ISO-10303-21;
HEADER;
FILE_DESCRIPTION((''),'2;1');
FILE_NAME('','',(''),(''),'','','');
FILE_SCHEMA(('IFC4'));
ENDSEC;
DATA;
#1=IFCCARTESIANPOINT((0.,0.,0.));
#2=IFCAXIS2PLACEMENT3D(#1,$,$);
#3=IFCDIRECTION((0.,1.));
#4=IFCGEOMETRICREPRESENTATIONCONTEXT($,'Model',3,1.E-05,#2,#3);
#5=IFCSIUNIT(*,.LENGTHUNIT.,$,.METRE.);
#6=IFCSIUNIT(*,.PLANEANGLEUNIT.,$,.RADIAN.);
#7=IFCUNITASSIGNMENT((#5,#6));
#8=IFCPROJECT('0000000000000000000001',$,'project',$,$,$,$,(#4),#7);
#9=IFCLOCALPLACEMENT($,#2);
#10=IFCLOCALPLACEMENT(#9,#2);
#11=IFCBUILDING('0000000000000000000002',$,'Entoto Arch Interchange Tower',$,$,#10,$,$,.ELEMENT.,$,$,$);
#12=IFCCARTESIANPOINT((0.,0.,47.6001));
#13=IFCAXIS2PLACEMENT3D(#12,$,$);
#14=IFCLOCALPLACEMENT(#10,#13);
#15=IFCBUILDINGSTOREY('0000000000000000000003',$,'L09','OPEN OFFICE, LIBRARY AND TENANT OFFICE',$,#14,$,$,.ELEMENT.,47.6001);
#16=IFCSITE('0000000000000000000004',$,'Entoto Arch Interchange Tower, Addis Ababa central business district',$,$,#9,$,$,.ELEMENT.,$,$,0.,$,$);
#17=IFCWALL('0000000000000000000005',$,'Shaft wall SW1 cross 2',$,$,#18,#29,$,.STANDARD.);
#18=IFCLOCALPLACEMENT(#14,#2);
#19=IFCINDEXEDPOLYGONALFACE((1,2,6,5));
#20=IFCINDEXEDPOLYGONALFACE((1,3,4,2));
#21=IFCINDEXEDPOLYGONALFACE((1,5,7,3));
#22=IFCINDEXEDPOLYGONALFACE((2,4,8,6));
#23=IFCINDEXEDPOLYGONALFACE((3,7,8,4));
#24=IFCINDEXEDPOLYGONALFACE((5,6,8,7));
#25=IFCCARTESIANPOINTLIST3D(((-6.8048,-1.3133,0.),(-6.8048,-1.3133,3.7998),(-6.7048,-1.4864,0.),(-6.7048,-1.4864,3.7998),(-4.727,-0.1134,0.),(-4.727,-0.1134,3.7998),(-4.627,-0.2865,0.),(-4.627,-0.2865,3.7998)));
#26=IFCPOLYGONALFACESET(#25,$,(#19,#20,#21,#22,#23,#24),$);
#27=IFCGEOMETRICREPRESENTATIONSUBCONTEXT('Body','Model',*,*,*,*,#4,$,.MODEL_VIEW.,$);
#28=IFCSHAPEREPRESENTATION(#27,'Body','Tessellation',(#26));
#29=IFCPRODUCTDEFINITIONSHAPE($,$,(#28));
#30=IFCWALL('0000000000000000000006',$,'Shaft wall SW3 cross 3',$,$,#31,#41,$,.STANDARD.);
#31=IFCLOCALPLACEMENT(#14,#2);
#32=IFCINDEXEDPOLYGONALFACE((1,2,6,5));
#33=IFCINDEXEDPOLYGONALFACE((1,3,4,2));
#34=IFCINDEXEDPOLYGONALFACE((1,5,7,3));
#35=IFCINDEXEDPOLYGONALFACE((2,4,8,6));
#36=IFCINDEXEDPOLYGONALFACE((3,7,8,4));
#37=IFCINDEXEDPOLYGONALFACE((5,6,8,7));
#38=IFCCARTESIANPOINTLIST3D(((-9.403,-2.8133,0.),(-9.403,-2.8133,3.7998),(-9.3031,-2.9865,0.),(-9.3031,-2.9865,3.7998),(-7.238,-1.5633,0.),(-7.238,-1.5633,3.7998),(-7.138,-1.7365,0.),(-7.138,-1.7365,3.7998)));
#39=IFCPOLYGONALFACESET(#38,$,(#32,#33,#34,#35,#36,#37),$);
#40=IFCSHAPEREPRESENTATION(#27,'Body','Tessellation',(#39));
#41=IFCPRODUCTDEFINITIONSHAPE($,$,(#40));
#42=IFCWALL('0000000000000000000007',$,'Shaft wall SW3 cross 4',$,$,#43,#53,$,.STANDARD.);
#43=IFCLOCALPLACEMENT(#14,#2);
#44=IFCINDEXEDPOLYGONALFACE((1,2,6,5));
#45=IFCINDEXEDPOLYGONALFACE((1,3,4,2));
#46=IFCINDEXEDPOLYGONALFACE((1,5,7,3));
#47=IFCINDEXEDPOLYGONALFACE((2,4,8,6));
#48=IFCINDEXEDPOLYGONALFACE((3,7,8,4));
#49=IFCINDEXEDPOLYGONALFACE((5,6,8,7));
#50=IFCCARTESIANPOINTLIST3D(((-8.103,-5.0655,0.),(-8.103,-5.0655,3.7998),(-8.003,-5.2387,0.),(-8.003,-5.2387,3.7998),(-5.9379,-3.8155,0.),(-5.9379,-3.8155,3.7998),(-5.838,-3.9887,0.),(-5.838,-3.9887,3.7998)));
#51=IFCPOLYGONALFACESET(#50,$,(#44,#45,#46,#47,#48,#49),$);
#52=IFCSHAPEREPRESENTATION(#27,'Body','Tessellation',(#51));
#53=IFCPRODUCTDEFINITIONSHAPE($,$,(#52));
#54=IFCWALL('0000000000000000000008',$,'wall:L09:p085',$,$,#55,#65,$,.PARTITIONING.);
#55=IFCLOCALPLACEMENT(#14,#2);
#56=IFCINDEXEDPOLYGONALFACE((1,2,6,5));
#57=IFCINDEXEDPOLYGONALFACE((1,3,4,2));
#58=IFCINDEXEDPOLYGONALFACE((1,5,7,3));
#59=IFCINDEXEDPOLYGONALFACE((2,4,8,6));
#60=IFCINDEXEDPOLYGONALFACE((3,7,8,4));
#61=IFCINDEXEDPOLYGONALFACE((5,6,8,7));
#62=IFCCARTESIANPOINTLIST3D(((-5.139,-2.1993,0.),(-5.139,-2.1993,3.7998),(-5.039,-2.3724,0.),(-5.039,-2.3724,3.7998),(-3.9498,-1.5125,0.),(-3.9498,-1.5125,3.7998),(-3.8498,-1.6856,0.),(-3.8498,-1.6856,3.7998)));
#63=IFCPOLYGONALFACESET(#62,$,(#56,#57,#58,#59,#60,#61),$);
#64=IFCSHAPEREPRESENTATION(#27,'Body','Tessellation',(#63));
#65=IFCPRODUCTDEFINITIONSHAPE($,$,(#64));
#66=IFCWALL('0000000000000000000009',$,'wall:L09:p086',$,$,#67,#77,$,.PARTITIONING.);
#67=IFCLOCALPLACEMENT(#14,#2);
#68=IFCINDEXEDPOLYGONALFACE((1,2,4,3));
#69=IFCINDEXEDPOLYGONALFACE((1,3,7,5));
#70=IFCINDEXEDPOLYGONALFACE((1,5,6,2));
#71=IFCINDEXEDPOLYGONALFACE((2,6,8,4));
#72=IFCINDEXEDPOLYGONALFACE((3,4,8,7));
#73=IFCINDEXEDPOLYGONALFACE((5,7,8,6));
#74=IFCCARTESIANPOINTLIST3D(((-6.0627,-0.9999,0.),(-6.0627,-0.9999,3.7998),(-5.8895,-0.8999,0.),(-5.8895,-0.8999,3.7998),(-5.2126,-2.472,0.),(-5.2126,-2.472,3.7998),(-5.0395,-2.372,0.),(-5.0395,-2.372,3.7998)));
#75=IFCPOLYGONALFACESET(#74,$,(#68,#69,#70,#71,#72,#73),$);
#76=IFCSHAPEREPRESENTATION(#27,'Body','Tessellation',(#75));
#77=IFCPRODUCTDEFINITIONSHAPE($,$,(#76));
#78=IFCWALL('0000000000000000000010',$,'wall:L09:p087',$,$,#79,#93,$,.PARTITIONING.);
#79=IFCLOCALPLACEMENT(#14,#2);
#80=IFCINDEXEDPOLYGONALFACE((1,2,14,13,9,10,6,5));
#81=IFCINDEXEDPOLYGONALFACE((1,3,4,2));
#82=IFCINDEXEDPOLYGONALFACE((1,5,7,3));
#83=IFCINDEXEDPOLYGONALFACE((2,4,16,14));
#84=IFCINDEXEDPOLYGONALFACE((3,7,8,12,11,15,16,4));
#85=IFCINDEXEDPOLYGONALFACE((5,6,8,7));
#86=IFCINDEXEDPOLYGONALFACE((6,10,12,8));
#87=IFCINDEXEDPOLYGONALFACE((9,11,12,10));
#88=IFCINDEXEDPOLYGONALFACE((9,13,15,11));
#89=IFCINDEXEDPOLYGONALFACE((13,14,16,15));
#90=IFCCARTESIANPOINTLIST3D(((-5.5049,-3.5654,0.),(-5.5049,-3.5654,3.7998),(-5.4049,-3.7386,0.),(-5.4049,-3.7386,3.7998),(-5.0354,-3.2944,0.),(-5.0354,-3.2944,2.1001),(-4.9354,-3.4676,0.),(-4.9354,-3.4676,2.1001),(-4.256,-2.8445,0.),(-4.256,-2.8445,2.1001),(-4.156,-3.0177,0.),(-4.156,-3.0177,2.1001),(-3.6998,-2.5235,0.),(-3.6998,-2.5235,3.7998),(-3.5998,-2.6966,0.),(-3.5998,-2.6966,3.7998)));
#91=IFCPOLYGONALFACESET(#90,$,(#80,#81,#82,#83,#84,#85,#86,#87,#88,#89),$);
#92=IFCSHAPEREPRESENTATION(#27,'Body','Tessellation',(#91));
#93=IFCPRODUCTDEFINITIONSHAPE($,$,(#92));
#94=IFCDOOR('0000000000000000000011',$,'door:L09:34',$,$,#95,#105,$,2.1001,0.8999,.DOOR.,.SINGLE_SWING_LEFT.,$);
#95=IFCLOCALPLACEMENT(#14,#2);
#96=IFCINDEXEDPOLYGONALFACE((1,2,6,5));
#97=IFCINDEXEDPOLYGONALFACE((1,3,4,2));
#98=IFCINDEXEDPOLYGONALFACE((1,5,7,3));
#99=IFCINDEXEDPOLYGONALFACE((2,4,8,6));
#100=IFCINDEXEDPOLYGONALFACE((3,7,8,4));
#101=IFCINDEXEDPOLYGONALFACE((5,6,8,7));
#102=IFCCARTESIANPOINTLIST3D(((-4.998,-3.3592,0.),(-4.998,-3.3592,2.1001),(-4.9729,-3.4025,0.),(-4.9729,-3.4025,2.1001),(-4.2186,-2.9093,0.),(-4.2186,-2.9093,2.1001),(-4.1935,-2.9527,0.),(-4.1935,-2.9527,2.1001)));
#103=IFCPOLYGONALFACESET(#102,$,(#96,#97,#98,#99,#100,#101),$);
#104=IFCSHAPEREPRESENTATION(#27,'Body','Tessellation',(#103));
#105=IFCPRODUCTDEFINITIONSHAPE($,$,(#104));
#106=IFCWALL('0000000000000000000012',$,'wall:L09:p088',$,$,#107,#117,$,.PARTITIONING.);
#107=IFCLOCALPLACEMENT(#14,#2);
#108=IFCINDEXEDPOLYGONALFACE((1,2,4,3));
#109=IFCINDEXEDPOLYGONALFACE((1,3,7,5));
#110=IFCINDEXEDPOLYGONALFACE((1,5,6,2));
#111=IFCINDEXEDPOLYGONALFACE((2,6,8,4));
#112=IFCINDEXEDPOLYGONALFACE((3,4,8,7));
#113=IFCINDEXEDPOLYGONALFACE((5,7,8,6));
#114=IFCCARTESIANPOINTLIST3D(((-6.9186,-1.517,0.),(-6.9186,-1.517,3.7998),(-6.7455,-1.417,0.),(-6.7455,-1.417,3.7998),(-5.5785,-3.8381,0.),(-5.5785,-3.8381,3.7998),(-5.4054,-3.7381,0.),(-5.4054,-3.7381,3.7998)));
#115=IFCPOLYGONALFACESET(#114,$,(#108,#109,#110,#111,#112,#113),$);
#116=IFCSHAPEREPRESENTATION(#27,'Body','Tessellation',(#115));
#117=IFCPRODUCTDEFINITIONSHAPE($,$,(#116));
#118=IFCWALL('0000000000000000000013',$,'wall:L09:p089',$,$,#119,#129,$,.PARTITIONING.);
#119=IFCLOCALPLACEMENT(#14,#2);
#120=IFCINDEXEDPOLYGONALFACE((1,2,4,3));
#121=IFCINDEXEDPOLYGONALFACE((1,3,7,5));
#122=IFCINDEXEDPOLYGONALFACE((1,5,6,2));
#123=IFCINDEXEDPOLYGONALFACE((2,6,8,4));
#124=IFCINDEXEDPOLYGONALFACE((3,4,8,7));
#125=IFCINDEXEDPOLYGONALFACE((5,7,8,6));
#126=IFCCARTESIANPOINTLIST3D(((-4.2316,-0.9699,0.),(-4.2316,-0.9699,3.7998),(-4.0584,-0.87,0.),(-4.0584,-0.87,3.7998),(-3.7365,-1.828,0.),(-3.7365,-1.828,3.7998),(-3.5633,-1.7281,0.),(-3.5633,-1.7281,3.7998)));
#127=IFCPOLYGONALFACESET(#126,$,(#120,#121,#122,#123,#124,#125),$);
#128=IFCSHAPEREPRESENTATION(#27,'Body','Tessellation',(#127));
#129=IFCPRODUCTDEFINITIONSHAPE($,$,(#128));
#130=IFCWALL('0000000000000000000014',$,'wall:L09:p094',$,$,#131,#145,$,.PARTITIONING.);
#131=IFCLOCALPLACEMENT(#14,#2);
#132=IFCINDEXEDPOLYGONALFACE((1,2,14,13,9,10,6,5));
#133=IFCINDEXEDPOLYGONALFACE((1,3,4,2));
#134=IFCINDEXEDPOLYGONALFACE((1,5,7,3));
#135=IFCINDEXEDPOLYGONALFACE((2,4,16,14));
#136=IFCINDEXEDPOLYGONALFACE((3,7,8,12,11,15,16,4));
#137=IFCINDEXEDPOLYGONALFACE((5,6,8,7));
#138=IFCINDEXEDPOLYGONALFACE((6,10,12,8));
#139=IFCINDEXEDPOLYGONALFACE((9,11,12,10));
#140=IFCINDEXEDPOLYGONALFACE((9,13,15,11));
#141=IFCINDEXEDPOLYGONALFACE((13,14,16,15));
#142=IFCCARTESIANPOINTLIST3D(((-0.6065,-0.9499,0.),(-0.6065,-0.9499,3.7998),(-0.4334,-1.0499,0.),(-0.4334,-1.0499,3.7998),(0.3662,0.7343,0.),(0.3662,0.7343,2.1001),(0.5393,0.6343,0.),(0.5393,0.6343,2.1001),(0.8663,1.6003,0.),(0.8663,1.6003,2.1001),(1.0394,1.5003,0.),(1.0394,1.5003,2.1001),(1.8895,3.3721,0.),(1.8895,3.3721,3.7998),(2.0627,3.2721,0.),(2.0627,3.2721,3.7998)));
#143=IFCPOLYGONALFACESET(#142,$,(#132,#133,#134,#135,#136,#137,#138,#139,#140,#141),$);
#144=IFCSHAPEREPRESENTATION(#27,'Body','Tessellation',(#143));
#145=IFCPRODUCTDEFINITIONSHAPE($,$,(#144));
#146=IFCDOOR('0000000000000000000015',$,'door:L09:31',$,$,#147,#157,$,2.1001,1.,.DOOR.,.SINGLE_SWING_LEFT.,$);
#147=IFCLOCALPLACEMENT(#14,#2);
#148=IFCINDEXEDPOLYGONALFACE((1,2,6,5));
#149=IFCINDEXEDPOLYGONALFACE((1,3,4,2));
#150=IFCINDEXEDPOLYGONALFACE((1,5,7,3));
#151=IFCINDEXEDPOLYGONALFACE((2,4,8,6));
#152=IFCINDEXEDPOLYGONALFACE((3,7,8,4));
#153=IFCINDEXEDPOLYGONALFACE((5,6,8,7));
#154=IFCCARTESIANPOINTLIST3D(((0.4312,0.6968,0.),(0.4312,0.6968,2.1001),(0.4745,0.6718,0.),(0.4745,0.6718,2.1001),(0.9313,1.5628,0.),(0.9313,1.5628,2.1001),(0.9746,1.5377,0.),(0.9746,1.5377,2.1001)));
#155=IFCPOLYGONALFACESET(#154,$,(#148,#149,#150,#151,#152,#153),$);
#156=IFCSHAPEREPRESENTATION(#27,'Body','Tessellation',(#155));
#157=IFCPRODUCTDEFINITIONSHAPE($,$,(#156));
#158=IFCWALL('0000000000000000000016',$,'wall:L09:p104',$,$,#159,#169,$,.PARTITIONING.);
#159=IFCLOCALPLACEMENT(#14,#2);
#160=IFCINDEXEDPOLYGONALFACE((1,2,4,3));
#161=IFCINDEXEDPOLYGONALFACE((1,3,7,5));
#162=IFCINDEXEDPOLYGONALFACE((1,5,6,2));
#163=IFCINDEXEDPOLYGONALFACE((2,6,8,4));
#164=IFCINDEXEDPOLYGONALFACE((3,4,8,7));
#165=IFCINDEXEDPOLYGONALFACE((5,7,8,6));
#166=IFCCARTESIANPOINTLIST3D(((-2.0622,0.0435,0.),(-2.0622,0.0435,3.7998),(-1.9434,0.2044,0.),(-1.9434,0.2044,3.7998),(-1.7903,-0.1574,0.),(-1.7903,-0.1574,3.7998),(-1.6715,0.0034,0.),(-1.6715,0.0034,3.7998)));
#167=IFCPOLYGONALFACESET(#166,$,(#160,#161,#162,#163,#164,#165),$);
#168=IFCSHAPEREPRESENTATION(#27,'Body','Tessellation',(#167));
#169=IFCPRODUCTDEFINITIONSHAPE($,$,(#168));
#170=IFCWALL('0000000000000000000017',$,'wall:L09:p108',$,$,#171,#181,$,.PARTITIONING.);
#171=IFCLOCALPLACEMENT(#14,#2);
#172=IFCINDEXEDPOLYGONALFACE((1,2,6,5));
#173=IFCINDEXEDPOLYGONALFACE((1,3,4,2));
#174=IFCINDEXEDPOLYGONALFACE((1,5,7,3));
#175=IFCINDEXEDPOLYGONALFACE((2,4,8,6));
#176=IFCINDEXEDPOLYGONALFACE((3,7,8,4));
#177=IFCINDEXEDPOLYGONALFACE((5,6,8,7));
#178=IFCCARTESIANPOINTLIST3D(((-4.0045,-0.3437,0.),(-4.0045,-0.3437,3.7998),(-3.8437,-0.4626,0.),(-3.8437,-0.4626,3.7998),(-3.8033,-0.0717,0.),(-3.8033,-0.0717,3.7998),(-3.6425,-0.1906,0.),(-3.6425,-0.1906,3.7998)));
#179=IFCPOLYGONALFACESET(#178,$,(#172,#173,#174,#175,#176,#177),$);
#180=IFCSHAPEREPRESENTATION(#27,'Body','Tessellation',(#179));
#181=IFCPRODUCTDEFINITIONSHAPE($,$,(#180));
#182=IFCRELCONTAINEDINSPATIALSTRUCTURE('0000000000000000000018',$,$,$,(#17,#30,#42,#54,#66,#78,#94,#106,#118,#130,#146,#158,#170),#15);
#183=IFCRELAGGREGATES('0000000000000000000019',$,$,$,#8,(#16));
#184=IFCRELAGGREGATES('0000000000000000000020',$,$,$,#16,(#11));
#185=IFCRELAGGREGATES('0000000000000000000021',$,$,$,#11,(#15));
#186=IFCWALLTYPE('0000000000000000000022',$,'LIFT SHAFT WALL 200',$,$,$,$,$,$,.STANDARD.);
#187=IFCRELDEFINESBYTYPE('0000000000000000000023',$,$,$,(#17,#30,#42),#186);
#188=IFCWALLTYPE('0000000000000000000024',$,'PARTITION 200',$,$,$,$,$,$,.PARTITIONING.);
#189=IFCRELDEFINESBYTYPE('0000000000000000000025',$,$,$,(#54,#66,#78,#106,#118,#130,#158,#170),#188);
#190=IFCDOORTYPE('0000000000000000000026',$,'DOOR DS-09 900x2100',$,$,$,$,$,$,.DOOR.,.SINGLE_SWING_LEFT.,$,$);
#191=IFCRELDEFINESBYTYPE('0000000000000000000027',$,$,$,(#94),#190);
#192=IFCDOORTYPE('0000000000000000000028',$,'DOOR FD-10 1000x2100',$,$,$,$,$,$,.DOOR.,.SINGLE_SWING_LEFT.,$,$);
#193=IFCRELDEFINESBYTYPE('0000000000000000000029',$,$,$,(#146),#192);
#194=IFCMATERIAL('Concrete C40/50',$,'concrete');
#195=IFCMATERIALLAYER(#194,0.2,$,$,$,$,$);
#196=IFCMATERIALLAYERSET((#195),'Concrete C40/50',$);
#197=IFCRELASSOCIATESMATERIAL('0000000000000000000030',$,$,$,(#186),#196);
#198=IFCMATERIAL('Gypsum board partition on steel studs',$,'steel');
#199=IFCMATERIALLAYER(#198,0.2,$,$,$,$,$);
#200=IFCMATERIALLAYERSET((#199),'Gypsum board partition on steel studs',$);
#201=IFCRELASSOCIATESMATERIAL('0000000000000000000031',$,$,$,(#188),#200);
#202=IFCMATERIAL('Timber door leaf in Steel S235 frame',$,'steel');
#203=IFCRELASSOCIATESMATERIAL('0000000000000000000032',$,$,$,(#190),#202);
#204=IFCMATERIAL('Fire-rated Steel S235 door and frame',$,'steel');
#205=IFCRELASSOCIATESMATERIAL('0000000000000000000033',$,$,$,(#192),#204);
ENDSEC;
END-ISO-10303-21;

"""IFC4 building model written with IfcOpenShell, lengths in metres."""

from ifc_helpers import new_model, si_unit, direction, frame, frame_2d, origin, place, context, subcontext, project, spatial, rectangle, extrude, material, layer, layer_set, type_object, element, fill, save


model = new_model("IFC4")

# Units and contexts
model_context = context("Model", 3, precision=1e-05, world=origin(), true_north=direction((0.0, 1.0)))
body_context = subcontext(model_context, "Body", "Model", "MODEL_VIEW")
ifc_project = project(units=[si_unit("LENGTHUNIT", "METRE"), si_unit("PLANEANGLEUNIT", "RADIAN")], contexts=[model_context])

# Site, building, storey
site_placement = place(None, origin())
site = spatial("IfcSite", under=ifc_project, at=site_placement, Name="Entoto Arch Interchange Tower, Addis Ababa central business district", CompositionType="ELEMENT", RefElevation=0.0)
building_placement = place(site_placement, origin())
building = spatial("IfcBuilding", under=site, at=building_placement, Name="Entoto Arch Interchange Tower", CompositionType="ELEMENT")
storey_placement = place(building_placement, frame((0.0, 0.0, 47.6001)))
storey = spatial("IfcBuildingStorey", under=building, at=storey_placement, Name="L09", Description="OPEN OFFICE, LIBRARY AND TENANT OFFICE", CompositionType="ELEMENT", Elevation=47.6001)

# Shared definitions
ifc_material_1 = material(Name="Concrete C40/50", Category="concrete")

# Walls
ifc_layer_1 = layer(ifc_material_1, 0.2)
ifc_layer_set_1 = layer_set([ifc_layer_1], Name="Concrete C40/50")
wall_type_1 = type_object("IfcWallType", Name="LIFT SHAFT WALL 200", PredefinedType="STANDARD", material=ifc_layer_set_1)
wall_1_placement = place(storey_placement, frame((-4.677, -0.2, 0.0), z_axis=(0.0, 0.0, 1.0), x_axis=(-0.865974, -0.500089, 0.0)))
element("IfcWall", 1, at=wall_1_placement, inside=storey, type_object=wall_type_1, Name="Shaft wall SW1 cross 2", PredefinedType="STANDARD", context=body_context, shape_type="SweptSolid", body=[
    extrude(rectangle(XDim=2.3994, YDim=0.2, at=frame_2d((1.1997, 0.0))), origin(), (0.0, 0.0, 1.0), 3.7998),
])
for number, where, z_axis, x_axis, name in (
    (2, (-7.188, -1.6499, 0.0), (0.0, 0.0, 1.0), (-0.866023, -0.500004, 0.0), "Shaft wall SW3 cross 3"),
    (3, (-5.8879, -3.9021, 0.0), (0.0, 0.0, 1.0), (-0.866023, -0.500004, 0.0), "Shaft wall SW3 cross 4"),
):
    element("IfcWall", number, at=place(storey_placement, frame(where, z_axis=z_axis, x_axis=x_axis)), inside=storey, type_object=wall_type_1, Name=name, PredefinedType="STANDARD", context=body_context, shape_type="SweptSolid", body=[
        extrude(rectangle(XDim=2.5, YDim=0.2, at=frame_2d((1.25, 0.0))), origin(), (0.0, 0.0, 1.0), 3.7998),
    ])
ifc_material_2 = material(Name="Gypsum board partition on steel studs", Category="steel")
ifc_layer_2 = layer(ifc_material_2, 0.2)
ifc_layer_set_2 = layer_set([ifc_layer_2], Name="Gypsum board partition on steel studs")
wall_type_2 = type_object("IfcWallType", Name="PARTITION 200", PredefinedType="PARTITIONING", material=ifc_layer_set_2)
wall_2_placement = place(storey_placement, frame((-3.8999, -1.5991, 0.0), z_axis=(0.0, 0.0, 1.0), x_axis=(-0.865969, -0.500097, 0.0)))
element("IfcWall", 4, at=wall_2_placement, inside=storey, type_object=wall_type_2, Name="wall:L09:p085", PredefinedType="PARTITIONING", context=body_context, shape_type="SweptSolid", body=[
    extrude(rectangle(XDim=1.3733, YDim=0.2, at=frame_2d((0.6865, 0.0))), origin(), (0.0, 0.0, 1.0), 3.7998),
])
wall_3_placement = place(storey_placement, frame((-5.126, -2.4221, 0.0), z_axis=(0.0, 0.0, 1.0), x_axis=(-0.500062, 0.865989, 0.0)))
element("IfcWall", 5, at=wall_3_placement, inside=storey, type_object=wall_type_2, Name="wall:L09:p086", PredefinedType="PARTITIONING", context=body_context, shape_type="SweptSolid", body=[
    extrude(rectangle(XDim=1.7, YDim=0.2, at=frame_2d((0.8501, 0.0))), origin(), (0.0, 0.0, 1.0), 3.7998),
])

# Wall, opening, door
wall_4_placement = place(storey_placement, frame((-3.6499, -2.6101, 0.0), z_axis=(0.0, 0.0, 1.0), x_axis=(-0.866072, -0.499918, 0.0)))
wall_4 = element("IfcWall", 6, at=wall_4_placement, inside=storey, type_object=wall_type_2, Name="wall:L09:p087", PredefinedType="PARTITIONING", context=body_context, shape_type="SweptSolid", body=[
    extrude(rectangle(XDim=2.0842, YDim=0.2, at=frame_2d((1.042, 0.0))), origin(), (0.0, 0.0, 1.0), 3.7998),
])
opening_1_placement = place(wall_4_placement, frame((0.6421, 0.0, 0.0)))
opening_1 = element("IfcOpeningElement", 7, at=opening_1_placement, cuts=wall_4, PredefinedType="OPENING", context=body_context, shape_type="SweptSolid", body=[
    extrude(rectangle(XDim=0.8999, YDim=2.1001, at=frame_2d((0.45, 1.05))), frame((0.0, 0.1099, 0.0), z_axis=(0.0, -1.0, 0.0), x_axis=(1.0, 0.0, 0.0)), (0.0, 0.0, 1.0), 0.22),
])
ifc_material_3 = material(Name="Timber door leaf in Steel S235 frame", Category="steel")
door_type_1 = type_object("IfcDoorType", Name="DOOR DS-09 900x2100", OperationType="SINGLE_SWING_LEFT", PredefinedType="DOOR", material=ifc_material_3)
door_1_placement = place(opening_1_placement, origin())
door_1 = element("IfcDoor", 8, at=door_1_placement, inside=storey, type_object=door_type_1, Name="door:L09:34", OperationType="SINGLE_SWING_LEFT", OverallHeight=2.1001, OverallWidth=0.8999, PredefinedType="DOOR", context=body_context, shape_type="SweptSolid", body=[
    extrude(rectangle(XDim=0.8999, YDim=2.1001, at=frame_2d((0.45, 1.05))), frame((0.0, 0.0249, 0.0), z_axis=(0.0, -1.0, 0.0), x_axis=(1.0, 0.0, 0.0)), (0.0, 0.0, 1.0), 0.05),
])
fill(opening_1, door_1)

# Walls
wall_5_placement = place(storey_placement, frame((-5.4919, -3.7881, 0.0), z_axis=(0.0, 0.0, 1.0), x_axis=(-0.500009, 0.86602, 0.0)))
element("IfcWall", 9, at=wall_5_placement, inside=storey, type_object=wall_type_2, Name="wall:L09:p088", PredefinedType="PARTITIONING", context=body_context, shape_type="SweptSolid", body=[
    extrude(rectangle(XDim=2.6802, YDim=0.2, at=frame_2d((1.3401, 0.0))), origin(), (0.0, 0.0, 1.0), 3.7998),
])
wall_6_placement = place(storey_placement, frame((-4.145, -0.9199, 0.0), z_axis=(0.0, 0.0, 1.0), x_axis=(0.499744, -0.866173, 0.0)))
element("IfcWall", 10, at=wall_6_placement, inside=storey, type_object=wall_type_2, Name="wall:L09:p089", PredefinedType="PARTITIONING", context=body_context, shape_type="SweptSolid", body=[
    extrude(rectangle(XDim=0.9907, YDim=0.2, at=frame_2d((0.4954, 0.0))), origin(), (0.0, 0.0, 1.0), 3.7998),
])

# Wall, opening, door
wall_7_placement = place(storey_placement, frame((-0.52, -1.0, 0.0), z_axis=(0.0, 0.0, 1.0), x_axis=(0.500116, 0.865958, 0.0)))
wall_7 = element("IfcWall", 11, at=wall_7_placement, inside=storey, type_object=wall_type_2, Name="wall:L09:p094", PredefinedType="PARTITIONING", context=body_context, shape_type="SweptSolid", body=[
    extrude(rectangle(XDim=4.991, YDim=0.2, at=frame_2d((2.4956, 0.0))), origin(), (0.0, 0.0, 1.0), 3.7998),
])
opening_2_placement = place(wall_7_placement, frame((1.9451, 0.0, 0.0)))
opening_2 = element("IfcOpeningElement", 12, at=opening_2_placement, cuts=wall_7, PredefinedType="OPENING", context=body_context, shape_type="SweptSolid", body=[
    extrude(rectangle(XDim=1.0, YDim=2.1001, at=frame_2d((0.5, 1.05))), frame((0.0, 0.1099, 0.0), z_axis=(0.0, -1.0, 0.0), x_axis=(1.0, 0.0, 0.0)), (0.0, 0.0, 1.0), 0.22),
])
ifc_material_4 = material(Name="Fire-rated Steel S235 door and frame", Category="steel")
door_type_2 = type_object("IfcDoorType", Name="DOOR FD-10 1000x2100", OperationType="SINGLE_SWING_LEFT", PredefinedType="DOOR", material=ifc_material_4)
door_2_placement = place(opening_2_placement, origin())
door_2 = element("IfcDoor", 13, at=door_2_placement, inside=storey, type_object=door_type_2, Name="door:L09:31", OperationType="SINGLE_SWING_LEFT", OverallHeight=2.1001, OverallWidth=1.0, PredefinedType="DOOR", context=body_context, shape_type="SweptSolid", body=[
    extrude(rectangle(XDim=1.0, YDim=2.1001, at=frame_2d((0.5, 1.05))), frame((0.0, 0.0249, 0.0), z_axis=(0.0, -1.0, 0.0), x_axis=(1.0, 0.0, 0.0)), (0.0, 0.0, 1.0), 0.05),
])
fill(opening_2, door_2)

# Walls
wall_8_placement = place(storey_placement, frame((-1.731, -0.0769, 0.0), z_axis=(0.0, 0.0, 1.0), x_axis=(-0.804311, 0.594208, 0.0)))
element("IfcWall", 14, at=wall_8_placement, inside=storey, type_object=wall_type_2, Name="wall:L09:p104", PredefinedType="PARTITIONING", context=body_context, shape_type="SweptSolid", body=[
    extrude(rectangle(XDim=0.3381, YDim=0.2, at=frame_2d((0.1689, 0.0))), origin(), (0.0, 0.0, 1.0), 3.7998),
])
wall_9_placement = place(storey_placement, frame((-3.7229, -0.1311, 0.0), z_axis=(0.0, 0.0, 1.0), x_axis=(-0.594675, -0.803966, 0.0)))
element("IfcWall", 15, at=wall_9_placement, inside=storey, type_object=wall_type_2, Name="wall:L09:p108", PredefinedType="PARTITIONING", context=body_context, shape_type="SweptSolid", body=[
    extrude(rectangle(XDim=0.3384, YDim=0.2, at=frame_2d((0.1692, 0.0))), origin(), (0.0, 0.0, 1.0), 3.7998),
])

save(model, "model.ifc")
